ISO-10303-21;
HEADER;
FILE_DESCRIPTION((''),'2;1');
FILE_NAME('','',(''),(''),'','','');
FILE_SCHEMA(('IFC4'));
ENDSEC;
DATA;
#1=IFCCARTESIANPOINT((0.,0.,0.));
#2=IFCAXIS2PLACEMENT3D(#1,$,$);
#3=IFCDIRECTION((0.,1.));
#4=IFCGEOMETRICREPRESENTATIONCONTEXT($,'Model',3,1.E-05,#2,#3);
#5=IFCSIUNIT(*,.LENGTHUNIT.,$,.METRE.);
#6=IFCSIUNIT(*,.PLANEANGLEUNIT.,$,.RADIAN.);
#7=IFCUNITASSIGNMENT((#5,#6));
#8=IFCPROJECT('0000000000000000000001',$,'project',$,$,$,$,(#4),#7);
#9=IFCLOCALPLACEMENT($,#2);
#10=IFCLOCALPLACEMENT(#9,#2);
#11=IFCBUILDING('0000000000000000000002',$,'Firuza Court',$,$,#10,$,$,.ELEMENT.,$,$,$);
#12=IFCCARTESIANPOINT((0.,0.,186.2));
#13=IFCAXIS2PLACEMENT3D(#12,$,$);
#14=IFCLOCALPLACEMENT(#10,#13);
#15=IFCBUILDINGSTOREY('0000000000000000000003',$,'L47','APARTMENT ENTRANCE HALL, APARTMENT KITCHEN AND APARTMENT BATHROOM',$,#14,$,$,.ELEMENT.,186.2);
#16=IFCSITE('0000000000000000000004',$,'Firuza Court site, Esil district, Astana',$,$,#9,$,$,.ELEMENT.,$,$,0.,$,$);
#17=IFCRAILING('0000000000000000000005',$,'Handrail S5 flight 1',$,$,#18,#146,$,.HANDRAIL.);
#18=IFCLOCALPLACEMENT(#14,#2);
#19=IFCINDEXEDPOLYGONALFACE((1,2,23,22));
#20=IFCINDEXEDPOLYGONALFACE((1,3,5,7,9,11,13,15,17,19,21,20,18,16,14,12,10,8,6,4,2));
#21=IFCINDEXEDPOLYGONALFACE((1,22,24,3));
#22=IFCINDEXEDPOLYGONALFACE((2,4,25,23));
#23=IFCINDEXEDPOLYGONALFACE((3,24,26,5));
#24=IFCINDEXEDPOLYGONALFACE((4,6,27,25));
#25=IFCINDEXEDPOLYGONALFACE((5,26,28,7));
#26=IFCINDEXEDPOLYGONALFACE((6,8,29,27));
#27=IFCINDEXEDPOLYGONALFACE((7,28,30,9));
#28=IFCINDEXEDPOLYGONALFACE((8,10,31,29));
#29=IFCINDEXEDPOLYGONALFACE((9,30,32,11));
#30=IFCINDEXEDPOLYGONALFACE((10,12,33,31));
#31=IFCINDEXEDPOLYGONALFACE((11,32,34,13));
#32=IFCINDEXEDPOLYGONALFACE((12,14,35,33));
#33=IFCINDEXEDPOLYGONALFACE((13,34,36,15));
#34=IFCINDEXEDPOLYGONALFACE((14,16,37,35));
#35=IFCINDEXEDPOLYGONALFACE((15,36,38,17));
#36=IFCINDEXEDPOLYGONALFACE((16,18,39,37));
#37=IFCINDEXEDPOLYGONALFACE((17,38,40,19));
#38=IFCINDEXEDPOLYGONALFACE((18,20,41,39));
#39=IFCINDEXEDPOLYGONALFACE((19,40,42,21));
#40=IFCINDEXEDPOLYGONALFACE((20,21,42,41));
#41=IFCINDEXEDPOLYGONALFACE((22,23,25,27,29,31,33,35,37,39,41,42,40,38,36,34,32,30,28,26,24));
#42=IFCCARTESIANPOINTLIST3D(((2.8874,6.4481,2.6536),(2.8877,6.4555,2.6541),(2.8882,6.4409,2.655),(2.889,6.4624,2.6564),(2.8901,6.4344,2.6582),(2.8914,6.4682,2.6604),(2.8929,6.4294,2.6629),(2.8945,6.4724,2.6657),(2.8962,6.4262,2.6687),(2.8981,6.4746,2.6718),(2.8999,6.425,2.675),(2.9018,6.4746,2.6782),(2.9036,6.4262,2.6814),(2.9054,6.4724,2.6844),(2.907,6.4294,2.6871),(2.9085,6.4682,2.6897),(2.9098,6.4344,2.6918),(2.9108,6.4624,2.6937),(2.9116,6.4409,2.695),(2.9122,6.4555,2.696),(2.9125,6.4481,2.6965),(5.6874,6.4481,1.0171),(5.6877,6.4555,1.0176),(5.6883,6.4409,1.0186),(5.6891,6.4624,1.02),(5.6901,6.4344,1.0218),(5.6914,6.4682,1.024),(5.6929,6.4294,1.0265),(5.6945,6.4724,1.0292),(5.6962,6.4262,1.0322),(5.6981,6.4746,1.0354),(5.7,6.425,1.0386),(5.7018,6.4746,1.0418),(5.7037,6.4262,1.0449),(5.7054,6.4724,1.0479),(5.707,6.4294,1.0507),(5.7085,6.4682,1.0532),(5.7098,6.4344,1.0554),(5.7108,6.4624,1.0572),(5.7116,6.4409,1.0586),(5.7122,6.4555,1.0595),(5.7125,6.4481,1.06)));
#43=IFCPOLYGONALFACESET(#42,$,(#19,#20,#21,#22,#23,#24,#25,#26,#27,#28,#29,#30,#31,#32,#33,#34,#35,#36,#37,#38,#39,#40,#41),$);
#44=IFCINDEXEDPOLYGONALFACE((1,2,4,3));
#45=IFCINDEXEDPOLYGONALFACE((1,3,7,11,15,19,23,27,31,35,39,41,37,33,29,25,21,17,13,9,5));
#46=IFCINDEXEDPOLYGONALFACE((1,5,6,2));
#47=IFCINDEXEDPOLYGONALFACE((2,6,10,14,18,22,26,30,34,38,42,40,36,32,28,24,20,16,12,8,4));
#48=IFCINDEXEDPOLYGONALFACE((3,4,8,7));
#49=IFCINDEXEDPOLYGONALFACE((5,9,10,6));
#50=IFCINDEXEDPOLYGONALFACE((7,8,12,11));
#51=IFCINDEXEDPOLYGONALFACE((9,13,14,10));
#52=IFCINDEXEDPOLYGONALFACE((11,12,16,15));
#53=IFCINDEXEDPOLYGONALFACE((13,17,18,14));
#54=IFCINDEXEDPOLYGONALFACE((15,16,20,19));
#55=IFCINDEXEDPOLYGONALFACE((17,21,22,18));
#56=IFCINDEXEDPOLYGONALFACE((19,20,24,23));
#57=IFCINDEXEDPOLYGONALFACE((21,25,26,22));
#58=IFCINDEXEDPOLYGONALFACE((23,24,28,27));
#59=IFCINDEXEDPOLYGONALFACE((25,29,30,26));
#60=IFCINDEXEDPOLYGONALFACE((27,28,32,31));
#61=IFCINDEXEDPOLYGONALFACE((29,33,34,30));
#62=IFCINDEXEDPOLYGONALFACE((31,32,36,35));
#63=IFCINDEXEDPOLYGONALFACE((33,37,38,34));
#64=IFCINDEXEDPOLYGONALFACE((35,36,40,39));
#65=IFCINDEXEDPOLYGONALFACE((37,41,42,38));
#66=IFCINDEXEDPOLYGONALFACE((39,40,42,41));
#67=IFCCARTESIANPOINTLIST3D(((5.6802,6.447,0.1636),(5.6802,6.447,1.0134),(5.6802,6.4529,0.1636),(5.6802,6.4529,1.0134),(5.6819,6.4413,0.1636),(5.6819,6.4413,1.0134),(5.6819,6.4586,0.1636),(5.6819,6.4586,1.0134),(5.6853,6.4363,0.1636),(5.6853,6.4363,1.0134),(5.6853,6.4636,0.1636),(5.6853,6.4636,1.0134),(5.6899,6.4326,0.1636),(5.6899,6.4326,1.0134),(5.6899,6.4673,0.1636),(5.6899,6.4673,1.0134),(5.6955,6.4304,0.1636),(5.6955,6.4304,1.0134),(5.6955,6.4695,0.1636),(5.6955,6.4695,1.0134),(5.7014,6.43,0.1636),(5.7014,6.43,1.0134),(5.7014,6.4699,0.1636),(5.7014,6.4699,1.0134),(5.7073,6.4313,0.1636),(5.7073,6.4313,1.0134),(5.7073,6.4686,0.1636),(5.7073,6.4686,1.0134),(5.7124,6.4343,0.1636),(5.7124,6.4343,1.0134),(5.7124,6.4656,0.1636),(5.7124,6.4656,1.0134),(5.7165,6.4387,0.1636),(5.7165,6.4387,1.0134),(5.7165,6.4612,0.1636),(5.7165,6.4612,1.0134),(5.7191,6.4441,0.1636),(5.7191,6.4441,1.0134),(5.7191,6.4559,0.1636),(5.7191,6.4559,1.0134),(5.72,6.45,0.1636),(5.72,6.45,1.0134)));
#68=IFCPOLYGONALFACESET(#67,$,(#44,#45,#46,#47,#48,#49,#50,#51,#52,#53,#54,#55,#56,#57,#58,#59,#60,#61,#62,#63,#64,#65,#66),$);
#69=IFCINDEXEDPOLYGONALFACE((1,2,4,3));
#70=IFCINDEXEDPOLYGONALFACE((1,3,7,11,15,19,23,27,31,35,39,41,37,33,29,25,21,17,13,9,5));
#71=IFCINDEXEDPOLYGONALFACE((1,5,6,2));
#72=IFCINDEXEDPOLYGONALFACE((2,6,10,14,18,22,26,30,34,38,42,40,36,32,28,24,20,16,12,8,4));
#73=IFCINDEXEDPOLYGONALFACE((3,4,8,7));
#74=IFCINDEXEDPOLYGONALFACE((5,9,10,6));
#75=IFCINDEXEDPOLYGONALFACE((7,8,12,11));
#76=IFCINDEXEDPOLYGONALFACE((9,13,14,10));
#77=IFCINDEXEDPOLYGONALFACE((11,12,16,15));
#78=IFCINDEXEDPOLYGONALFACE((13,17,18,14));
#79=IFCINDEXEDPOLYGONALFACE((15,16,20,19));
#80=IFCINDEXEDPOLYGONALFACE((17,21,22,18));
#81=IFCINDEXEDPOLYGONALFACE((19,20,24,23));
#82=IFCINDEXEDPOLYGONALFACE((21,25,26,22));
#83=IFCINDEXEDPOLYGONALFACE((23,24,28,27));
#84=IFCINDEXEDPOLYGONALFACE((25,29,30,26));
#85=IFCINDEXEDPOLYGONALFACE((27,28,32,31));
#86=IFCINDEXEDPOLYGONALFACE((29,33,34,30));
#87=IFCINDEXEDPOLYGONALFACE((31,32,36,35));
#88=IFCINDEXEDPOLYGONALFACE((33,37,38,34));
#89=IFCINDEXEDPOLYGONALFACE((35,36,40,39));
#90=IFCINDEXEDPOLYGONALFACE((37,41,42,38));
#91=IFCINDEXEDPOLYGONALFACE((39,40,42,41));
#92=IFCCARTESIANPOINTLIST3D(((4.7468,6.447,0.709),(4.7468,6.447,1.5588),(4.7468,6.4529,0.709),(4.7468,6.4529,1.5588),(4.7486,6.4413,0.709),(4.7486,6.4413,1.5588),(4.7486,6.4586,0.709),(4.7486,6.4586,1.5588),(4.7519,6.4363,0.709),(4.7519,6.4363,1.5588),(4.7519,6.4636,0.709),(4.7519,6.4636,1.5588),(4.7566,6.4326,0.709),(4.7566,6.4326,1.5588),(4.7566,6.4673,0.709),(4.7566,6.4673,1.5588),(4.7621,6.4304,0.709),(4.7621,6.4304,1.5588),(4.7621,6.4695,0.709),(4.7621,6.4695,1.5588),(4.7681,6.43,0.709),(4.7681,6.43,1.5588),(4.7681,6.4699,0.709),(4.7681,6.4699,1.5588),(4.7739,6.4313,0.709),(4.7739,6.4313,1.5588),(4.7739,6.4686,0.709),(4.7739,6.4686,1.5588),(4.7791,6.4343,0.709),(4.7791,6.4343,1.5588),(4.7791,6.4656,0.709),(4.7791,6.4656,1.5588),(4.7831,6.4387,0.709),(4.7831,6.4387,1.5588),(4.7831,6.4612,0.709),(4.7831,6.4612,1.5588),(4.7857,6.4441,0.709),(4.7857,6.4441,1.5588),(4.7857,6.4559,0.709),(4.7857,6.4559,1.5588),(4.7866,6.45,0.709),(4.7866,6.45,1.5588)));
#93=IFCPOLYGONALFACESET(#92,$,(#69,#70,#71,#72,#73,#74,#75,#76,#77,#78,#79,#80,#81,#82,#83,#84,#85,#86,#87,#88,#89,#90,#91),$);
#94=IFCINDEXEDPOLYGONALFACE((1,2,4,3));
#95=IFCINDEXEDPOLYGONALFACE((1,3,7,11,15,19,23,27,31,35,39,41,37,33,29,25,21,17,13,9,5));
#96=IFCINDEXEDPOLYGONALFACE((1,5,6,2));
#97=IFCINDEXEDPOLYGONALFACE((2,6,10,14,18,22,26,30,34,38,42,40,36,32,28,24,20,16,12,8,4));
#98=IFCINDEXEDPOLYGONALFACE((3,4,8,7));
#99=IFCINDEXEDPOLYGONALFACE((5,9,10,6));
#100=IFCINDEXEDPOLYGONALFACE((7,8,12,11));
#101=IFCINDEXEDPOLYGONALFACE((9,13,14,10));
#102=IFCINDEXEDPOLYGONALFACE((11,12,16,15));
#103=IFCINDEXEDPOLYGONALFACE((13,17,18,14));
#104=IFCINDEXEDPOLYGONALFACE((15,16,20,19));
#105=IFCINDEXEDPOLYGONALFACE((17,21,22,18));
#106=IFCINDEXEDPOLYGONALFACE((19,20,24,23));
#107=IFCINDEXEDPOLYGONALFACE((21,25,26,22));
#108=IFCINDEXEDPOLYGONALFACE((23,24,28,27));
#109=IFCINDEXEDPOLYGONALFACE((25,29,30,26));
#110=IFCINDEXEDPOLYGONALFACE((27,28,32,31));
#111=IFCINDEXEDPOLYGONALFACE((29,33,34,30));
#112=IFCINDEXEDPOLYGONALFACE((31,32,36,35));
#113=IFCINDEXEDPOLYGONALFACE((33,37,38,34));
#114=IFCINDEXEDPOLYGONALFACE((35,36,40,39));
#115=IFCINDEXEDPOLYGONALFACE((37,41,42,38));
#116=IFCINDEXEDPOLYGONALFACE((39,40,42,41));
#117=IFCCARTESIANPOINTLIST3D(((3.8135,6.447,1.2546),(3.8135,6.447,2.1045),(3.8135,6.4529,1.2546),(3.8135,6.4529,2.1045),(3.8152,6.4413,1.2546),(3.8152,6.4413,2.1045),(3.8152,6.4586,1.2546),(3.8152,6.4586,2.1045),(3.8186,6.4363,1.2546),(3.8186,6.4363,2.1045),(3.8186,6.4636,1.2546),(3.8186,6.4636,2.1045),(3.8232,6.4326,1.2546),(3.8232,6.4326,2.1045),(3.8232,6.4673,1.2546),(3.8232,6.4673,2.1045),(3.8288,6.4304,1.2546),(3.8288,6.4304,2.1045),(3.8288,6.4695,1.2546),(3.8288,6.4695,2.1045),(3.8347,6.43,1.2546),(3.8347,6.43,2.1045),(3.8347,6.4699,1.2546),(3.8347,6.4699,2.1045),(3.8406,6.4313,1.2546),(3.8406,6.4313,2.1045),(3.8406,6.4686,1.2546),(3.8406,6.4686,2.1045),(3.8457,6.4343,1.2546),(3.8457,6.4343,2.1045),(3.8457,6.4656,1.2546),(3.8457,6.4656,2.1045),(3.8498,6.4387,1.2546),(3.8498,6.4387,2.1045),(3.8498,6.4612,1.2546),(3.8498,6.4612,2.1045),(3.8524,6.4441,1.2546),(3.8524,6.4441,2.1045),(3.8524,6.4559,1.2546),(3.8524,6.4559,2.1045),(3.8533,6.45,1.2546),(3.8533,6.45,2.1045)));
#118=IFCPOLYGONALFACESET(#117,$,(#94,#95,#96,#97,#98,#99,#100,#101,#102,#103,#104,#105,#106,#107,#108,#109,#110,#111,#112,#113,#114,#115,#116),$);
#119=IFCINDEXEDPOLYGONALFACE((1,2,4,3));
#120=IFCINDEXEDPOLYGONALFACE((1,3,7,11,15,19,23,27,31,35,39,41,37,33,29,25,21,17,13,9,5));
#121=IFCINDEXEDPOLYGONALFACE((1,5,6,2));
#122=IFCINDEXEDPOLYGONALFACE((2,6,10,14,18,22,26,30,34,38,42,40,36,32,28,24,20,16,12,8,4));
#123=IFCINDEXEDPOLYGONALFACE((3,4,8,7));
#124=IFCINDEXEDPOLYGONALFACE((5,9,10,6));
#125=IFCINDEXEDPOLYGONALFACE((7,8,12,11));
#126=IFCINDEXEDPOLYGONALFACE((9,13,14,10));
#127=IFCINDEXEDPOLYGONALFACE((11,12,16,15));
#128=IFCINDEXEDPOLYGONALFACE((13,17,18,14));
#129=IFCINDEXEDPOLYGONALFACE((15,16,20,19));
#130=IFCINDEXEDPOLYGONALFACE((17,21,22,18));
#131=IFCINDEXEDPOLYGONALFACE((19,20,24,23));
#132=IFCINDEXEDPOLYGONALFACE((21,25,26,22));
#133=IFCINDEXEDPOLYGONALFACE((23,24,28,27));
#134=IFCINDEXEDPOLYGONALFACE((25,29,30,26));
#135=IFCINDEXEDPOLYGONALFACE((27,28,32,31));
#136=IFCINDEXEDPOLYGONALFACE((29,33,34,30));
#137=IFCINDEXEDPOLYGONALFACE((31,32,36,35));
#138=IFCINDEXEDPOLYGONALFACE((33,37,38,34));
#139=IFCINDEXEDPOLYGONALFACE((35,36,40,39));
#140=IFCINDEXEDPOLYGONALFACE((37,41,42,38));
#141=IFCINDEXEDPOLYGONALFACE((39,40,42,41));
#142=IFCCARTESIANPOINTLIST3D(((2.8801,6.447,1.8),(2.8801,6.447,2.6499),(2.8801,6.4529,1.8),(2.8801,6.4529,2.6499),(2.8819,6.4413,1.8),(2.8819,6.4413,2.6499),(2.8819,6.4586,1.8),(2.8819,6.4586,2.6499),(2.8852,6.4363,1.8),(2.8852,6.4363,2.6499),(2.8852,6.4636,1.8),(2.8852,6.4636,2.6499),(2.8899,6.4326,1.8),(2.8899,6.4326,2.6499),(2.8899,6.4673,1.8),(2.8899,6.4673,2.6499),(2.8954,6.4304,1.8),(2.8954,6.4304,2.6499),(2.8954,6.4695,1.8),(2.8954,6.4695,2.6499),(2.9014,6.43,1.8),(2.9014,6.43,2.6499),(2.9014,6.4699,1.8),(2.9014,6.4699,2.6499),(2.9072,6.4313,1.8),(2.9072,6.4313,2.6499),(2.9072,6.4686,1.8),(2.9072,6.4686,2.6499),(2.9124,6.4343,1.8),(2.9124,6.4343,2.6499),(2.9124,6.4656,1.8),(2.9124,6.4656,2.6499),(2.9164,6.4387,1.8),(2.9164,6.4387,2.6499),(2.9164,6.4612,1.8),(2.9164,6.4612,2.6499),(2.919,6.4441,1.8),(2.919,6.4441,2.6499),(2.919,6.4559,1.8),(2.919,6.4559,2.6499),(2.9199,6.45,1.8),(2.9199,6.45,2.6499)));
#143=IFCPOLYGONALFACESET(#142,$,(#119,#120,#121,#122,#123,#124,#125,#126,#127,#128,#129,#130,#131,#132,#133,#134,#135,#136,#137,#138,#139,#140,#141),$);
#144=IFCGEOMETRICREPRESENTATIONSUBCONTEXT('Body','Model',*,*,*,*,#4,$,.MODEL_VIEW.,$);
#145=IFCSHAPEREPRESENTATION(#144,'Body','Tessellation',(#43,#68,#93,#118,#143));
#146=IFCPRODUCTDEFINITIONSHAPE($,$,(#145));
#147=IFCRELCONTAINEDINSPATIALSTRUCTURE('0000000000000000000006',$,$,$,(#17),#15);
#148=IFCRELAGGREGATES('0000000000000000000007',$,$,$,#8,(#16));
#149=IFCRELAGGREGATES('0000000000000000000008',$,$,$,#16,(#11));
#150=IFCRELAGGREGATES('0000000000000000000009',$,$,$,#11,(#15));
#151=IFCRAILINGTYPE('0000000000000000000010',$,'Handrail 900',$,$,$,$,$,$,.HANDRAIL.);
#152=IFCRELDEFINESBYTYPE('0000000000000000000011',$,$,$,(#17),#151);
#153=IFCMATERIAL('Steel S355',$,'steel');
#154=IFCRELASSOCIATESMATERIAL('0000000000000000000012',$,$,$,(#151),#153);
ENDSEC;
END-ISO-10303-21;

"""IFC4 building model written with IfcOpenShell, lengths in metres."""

from ifc_helpers import new_model, si_unit, direction, frame, origin, origin_2d, place, context, subcontext, project, spatial, circle, extrude, material, type_object, element, save


model = new_model("IFC4")

# Units and contexts
model_context = context("Model", 3, precision=1e-05, world=origin(), true_north=direction((0.0, 1.0)))
body_context = subcontext(model_context, "Body", "Model", "MODEL_VIEW")
ifc_project = project(units=[si_unit("LENGTHUNIT", "METRE"), si_unit("PLANEANGLEUNIT", "RADIAN")], contexts=[model_context])

# Site, building, storey
site_placement = place(None, origin())
site = spatial("IfcSite", under=ifc_project, at=site_placement, Name="Firuza Court site, Esil district, Astana", CompositionType="ELEMENT", RefElevation=0.0)
building_placement = place(site_placement, origin())
building = spatial("IfcBuilding", under=site, at=building_placement, Name="Firuza Court", CompositionType="ELEMENT")
storey_placement = place(building_placement, frame((0.0, 0.0, 186.2)))
storey = spatial("IfcBuildingStorey", under=building, at=storey_placement, Name="L47", Description="APARTMENT ENTRANCE HALL, APARTMENT KITCHEN AND APARTMENT BATHROOM", CompositionType="ELEMENT", Elevation=186.2)

# Railing
ifc_material_1 = material(Name="Steel S355", Category="steel")
railing_type_1 = type_object("IfcRailingType", Name="Handrail 900", PredefinedType="HANDRAIL", material=ifc_material_1)
railing_1_placement = place(storey_placement, frame((5.7, 6.45, 0.1636)))
element("IfcRailing", 1, at=railing_1_placement, inside=storey, type_object=railing_type_1, Name="Handrail S5 flight 1", PredefinedType="HANDRAIL", context=body_context, shape_type="SweptSolid", body=[
    extrude(circle(Radius=0.0249, at=origin_2d()), frame((0.0, 0.0, 0.875), z_axis=(-0.863361, 0.0, 0.504587), x_axis=(0.0, -1.0, 0.0)), (0.0, 0.0, 1.0), 3.2432),
    extrude(circle(Radius=0.02, at=origin_2d()), origin(), (0.0, 0.0, 1.0), 0.8499),
    extrude(circle(Radius=0.02, at=origin_2d()), frame((-0.9333, 0.0, 0.5454)), (0.0, 0.0, 1.0), 0.8499),
    extrude(circle(Radius=0.02, at=origin_2d()), frame((-1.8667, 0.0, 1.0911)), (0.0, 0.0, 1.0), 0.8499),
    extrude(circle(Radius=0.02, at=origin_2d()), frame((-2.8, 0.0, 1.6365)), (0.0, 0.0, 1.0), 0.8499),
])

save(model, "model.ifc")
